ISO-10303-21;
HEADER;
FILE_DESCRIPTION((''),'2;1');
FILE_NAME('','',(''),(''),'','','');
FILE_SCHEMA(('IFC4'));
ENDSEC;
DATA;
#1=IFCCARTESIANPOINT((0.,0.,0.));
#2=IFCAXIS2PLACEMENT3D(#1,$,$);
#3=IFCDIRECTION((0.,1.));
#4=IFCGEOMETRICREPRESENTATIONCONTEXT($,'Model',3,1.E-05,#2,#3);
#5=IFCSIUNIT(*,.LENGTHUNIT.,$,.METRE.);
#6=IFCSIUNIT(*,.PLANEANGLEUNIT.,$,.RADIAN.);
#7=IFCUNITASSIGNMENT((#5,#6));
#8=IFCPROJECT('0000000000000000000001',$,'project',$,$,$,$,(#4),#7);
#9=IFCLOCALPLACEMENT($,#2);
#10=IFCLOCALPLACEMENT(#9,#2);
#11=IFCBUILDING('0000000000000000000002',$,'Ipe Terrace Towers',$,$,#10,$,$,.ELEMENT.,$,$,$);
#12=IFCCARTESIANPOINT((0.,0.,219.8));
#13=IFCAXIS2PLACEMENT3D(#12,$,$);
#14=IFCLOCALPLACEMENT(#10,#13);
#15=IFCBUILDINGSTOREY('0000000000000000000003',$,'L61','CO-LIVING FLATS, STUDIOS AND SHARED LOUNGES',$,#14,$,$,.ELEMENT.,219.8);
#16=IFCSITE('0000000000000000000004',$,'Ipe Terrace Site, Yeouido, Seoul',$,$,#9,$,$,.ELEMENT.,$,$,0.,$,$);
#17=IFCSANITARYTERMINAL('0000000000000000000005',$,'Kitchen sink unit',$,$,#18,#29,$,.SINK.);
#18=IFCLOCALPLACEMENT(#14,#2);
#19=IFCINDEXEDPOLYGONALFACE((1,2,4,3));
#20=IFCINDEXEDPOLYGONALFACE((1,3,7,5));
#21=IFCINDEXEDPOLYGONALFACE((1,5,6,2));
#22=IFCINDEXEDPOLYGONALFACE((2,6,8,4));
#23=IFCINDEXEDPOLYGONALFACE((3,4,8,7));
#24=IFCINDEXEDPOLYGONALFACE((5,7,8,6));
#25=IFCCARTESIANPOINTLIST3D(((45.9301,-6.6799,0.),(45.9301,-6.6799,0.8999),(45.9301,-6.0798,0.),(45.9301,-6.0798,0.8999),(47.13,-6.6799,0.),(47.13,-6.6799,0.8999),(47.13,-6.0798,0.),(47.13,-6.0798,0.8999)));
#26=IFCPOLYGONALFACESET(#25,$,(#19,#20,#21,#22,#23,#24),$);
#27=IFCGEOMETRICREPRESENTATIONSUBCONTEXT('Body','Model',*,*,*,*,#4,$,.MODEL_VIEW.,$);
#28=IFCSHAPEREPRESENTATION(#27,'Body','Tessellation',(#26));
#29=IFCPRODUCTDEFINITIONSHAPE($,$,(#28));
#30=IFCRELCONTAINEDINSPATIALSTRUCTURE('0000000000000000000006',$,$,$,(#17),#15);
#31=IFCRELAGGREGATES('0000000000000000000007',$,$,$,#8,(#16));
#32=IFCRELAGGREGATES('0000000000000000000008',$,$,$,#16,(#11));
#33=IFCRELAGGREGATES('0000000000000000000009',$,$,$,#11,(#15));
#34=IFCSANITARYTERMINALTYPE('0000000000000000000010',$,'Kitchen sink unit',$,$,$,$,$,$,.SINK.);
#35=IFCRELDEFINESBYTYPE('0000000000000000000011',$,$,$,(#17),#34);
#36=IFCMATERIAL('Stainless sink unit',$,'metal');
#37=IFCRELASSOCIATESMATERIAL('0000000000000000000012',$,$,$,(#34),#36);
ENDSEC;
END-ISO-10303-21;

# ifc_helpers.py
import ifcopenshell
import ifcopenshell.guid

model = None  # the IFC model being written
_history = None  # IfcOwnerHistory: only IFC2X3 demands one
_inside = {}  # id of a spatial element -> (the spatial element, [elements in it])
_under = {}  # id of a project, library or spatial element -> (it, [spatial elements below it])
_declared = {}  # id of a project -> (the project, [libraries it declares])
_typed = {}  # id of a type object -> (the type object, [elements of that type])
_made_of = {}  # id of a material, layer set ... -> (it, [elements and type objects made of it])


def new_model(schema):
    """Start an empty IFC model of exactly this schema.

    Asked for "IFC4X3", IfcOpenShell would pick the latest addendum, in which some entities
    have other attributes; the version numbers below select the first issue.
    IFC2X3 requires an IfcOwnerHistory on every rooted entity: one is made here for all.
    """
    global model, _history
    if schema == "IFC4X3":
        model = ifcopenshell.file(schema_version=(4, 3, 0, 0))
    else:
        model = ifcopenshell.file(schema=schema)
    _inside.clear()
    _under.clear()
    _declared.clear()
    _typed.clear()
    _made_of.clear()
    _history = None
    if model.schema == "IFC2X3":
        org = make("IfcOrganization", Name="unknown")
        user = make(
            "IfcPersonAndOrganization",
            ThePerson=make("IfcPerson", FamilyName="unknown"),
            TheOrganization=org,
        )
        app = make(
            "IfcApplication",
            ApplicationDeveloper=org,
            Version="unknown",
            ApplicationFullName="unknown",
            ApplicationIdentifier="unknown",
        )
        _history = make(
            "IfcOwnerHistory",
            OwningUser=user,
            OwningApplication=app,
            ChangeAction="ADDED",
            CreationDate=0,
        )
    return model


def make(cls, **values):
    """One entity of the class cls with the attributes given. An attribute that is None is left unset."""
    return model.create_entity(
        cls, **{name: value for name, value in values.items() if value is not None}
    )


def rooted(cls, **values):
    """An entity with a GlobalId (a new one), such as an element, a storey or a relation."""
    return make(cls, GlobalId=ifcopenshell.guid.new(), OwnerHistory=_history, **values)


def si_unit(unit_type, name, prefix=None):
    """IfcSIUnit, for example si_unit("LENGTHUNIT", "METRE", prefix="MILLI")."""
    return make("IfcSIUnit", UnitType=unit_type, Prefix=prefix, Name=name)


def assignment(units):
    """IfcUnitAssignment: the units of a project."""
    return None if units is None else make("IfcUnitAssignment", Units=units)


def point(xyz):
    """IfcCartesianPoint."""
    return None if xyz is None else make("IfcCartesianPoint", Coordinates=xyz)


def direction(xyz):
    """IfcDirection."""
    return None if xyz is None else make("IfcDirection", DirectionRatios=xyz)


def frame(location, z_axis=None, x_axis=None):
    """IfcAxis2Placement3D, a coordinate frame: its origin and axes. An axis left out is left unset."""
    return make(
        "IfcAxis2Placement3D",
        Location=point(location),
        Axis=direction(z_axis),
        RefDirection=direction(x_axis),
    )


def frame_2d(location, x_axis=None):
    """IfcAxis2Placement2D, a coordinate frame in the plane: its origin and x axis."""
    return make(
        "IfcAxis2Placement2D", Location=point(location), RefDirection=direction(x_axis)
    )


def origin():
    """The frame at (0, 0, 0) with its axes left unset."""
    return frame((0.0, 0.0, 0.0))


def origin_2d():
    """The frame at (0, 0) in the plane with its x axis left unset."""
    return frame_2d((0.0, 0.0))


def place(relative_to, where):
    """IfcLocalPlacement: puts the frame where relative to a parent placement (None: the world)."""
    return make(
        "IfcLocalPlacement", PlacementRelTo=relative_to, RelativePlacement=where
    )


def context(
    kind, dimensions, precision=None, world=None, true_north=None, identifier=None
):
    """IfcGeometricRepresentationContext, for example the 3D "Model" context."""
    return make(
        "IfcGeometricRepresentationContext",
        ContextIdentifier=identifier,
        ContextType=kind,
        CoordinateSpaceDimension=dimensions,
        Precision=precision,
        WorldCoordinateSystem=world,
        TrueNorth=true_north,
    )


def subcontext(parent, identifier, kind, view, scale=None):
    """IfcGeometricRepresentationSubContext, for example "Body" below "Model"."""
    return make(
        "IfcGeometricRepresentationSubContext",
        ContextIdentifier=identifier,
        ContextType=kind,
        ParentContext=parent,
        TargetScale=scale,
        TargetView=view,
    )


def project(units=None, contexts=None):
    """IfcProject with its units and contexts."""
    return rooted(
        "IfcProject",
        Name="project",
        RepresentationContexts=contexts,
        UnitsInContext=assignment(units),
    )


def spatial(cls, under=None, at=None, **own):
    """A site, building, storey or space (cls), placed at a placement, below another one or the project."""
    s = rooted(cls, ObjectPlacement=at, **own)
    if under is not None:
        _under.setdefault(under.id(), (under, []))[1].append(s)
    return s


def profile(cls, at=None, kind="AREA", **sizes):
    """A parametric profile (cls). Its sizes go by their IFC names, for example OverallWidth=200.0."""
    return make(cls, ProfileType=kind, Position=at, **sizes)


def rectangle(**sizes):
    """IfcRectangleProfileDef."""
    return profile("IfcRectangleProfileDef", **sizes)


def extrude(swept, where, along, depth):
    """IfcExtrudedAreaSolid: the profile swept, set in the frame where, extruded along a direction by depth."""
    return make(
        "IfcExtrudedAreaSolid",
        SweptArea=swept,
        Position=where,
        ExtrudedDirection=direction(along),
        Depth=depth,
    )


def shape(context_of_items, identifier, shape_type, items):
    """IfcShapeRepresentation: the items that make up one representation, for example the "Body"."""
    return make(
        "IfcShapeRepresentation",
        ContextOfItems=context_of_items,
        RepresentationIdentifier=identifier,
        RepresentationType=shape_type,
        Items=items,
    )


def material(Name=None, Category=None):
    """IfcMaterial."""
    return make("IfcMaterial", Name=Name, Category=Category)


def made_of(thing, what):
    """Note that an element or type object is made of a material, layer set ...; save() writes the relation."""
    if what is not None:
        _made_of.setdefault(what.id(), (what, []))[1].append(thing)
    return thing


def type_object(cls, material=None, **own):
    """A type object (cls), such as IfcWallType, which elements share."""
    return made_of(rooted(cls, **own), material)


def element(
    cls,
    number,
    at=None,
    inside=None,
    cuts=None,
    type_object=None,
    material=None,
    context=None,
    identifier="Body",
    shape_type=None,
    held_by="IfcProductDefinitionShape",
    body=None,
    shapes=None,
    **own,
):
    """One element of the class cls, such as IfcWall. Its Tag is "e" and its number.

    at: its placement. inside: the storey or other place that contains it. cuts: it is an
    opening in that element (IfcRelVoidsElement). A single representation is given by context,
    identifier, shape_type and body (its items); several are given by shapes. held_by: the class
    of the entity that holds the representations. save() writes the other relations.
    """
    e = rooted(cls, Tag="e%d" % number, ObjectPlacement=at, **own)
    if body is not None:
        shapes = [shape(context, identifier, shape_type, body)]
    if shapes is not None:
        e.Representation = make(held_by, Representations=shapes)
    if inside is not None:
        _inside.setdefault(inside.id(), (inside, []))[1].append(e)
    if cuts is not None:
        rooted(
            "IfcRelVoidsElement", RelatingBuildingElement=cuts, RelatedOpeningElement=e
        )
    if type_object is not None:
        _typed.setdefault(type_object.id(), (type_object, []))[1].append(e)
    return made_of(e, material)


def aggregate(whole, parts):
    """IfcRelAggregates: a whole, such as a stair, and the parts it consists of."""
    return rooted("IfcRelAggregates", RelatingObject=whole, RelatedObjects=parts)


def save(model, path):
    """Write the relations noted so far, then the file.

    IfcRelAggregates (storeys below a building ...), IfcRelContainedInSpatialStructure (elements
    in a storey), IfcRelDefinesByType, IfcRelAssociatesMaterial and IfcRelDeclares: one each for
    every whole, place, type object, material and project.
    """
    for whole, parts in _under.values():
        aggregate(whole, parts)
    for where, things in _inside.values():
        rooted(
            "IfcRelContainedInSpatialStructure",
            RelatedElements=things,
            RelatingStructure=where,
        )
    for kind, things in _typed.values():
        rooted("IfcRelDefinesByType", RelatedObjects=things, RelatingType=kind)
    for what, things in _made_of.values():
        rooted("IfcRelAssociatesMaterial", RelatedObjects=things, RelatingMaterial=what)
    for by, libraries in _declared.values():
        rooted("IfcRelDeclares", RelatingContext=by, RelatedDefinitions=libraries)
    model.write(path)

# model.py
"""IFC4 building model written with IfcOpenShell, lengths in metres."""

from ifc_helpers import new_model, si_unit, direction, frame, origin, origin_2d, place, context, subcontext, project, spatial, rectangle, extrude, material, type_object, element, save


model = new_model("IFC4")

# Units and contexts
model_context = context("Model", 3, precision=1e-05, world=origin(), true_north=direction((0.0, 1.0)))
body_context = subcontext(model_context, "Body", "Model", "MODEL_VIEW")
ifc_project = project(units=[si_unit("LENGTHUNIT", "METRE"), si_unit("PLANEANGLEUNIT", "RADIAN")], contexts=[model_context])

# Site, building, storey
site_placement = place(None, origin())
site = spatial("IfcSite", under=ifc_project, at=site_placement, Name="Ipe Terrace Site, Yeouido, Seoul", CompositionType="ELEMENT", RefElevation=0.0)
building_placement = place(site_placement, origin())
building = spatial("IfcBuilding", under=site, at=building_placement, Name="Ipe Terrace Towers", CompositionType="ELEMENT")
storey_placement = place(building_placement, frame((0.0, 0.0, 219.8)))
storey = spatial("IfcBuildingStorey", under=building, at=storey_placement, Name="L61", Description="CO-LIVING FLATS, STUDIOS AND SHARED LOUNGES", CompositionType="ELEMENT", Elevation=219.8)

# Sanitary terminal
ifc_material_1 = material(Name="Stainless sink unit", Category="metal")
sanitary_terminal_type = type_object("IfcSanitaryTerminalType", Name="Kitchen sink unit", PredefinedType="SINK", material=ifc_material_1)
sanitary_terminal_placement = place(storey_placement, frame((46.53, -6.3799, 0.0), z_axis=(0.0, 0.0, 1.0), x_axis=(-1.0, 0.0, 0.0)))
element("IfcSanitaryTerminal", 1, at=sanitary_terminal_placement, inside=storey, type_object=sanitary_terminal_type, Name="Kitchen sink unit", PredefinedType="SINK", context=body_context, shape_type="SweptSolid", body=[
    extrude(rectangle(XDim=1.2, YDim=0.6001, at=origin_2d()), origin(), (0.0, 0.0, 1.0), 0.8999),
])

save(model, "model.ifc")
